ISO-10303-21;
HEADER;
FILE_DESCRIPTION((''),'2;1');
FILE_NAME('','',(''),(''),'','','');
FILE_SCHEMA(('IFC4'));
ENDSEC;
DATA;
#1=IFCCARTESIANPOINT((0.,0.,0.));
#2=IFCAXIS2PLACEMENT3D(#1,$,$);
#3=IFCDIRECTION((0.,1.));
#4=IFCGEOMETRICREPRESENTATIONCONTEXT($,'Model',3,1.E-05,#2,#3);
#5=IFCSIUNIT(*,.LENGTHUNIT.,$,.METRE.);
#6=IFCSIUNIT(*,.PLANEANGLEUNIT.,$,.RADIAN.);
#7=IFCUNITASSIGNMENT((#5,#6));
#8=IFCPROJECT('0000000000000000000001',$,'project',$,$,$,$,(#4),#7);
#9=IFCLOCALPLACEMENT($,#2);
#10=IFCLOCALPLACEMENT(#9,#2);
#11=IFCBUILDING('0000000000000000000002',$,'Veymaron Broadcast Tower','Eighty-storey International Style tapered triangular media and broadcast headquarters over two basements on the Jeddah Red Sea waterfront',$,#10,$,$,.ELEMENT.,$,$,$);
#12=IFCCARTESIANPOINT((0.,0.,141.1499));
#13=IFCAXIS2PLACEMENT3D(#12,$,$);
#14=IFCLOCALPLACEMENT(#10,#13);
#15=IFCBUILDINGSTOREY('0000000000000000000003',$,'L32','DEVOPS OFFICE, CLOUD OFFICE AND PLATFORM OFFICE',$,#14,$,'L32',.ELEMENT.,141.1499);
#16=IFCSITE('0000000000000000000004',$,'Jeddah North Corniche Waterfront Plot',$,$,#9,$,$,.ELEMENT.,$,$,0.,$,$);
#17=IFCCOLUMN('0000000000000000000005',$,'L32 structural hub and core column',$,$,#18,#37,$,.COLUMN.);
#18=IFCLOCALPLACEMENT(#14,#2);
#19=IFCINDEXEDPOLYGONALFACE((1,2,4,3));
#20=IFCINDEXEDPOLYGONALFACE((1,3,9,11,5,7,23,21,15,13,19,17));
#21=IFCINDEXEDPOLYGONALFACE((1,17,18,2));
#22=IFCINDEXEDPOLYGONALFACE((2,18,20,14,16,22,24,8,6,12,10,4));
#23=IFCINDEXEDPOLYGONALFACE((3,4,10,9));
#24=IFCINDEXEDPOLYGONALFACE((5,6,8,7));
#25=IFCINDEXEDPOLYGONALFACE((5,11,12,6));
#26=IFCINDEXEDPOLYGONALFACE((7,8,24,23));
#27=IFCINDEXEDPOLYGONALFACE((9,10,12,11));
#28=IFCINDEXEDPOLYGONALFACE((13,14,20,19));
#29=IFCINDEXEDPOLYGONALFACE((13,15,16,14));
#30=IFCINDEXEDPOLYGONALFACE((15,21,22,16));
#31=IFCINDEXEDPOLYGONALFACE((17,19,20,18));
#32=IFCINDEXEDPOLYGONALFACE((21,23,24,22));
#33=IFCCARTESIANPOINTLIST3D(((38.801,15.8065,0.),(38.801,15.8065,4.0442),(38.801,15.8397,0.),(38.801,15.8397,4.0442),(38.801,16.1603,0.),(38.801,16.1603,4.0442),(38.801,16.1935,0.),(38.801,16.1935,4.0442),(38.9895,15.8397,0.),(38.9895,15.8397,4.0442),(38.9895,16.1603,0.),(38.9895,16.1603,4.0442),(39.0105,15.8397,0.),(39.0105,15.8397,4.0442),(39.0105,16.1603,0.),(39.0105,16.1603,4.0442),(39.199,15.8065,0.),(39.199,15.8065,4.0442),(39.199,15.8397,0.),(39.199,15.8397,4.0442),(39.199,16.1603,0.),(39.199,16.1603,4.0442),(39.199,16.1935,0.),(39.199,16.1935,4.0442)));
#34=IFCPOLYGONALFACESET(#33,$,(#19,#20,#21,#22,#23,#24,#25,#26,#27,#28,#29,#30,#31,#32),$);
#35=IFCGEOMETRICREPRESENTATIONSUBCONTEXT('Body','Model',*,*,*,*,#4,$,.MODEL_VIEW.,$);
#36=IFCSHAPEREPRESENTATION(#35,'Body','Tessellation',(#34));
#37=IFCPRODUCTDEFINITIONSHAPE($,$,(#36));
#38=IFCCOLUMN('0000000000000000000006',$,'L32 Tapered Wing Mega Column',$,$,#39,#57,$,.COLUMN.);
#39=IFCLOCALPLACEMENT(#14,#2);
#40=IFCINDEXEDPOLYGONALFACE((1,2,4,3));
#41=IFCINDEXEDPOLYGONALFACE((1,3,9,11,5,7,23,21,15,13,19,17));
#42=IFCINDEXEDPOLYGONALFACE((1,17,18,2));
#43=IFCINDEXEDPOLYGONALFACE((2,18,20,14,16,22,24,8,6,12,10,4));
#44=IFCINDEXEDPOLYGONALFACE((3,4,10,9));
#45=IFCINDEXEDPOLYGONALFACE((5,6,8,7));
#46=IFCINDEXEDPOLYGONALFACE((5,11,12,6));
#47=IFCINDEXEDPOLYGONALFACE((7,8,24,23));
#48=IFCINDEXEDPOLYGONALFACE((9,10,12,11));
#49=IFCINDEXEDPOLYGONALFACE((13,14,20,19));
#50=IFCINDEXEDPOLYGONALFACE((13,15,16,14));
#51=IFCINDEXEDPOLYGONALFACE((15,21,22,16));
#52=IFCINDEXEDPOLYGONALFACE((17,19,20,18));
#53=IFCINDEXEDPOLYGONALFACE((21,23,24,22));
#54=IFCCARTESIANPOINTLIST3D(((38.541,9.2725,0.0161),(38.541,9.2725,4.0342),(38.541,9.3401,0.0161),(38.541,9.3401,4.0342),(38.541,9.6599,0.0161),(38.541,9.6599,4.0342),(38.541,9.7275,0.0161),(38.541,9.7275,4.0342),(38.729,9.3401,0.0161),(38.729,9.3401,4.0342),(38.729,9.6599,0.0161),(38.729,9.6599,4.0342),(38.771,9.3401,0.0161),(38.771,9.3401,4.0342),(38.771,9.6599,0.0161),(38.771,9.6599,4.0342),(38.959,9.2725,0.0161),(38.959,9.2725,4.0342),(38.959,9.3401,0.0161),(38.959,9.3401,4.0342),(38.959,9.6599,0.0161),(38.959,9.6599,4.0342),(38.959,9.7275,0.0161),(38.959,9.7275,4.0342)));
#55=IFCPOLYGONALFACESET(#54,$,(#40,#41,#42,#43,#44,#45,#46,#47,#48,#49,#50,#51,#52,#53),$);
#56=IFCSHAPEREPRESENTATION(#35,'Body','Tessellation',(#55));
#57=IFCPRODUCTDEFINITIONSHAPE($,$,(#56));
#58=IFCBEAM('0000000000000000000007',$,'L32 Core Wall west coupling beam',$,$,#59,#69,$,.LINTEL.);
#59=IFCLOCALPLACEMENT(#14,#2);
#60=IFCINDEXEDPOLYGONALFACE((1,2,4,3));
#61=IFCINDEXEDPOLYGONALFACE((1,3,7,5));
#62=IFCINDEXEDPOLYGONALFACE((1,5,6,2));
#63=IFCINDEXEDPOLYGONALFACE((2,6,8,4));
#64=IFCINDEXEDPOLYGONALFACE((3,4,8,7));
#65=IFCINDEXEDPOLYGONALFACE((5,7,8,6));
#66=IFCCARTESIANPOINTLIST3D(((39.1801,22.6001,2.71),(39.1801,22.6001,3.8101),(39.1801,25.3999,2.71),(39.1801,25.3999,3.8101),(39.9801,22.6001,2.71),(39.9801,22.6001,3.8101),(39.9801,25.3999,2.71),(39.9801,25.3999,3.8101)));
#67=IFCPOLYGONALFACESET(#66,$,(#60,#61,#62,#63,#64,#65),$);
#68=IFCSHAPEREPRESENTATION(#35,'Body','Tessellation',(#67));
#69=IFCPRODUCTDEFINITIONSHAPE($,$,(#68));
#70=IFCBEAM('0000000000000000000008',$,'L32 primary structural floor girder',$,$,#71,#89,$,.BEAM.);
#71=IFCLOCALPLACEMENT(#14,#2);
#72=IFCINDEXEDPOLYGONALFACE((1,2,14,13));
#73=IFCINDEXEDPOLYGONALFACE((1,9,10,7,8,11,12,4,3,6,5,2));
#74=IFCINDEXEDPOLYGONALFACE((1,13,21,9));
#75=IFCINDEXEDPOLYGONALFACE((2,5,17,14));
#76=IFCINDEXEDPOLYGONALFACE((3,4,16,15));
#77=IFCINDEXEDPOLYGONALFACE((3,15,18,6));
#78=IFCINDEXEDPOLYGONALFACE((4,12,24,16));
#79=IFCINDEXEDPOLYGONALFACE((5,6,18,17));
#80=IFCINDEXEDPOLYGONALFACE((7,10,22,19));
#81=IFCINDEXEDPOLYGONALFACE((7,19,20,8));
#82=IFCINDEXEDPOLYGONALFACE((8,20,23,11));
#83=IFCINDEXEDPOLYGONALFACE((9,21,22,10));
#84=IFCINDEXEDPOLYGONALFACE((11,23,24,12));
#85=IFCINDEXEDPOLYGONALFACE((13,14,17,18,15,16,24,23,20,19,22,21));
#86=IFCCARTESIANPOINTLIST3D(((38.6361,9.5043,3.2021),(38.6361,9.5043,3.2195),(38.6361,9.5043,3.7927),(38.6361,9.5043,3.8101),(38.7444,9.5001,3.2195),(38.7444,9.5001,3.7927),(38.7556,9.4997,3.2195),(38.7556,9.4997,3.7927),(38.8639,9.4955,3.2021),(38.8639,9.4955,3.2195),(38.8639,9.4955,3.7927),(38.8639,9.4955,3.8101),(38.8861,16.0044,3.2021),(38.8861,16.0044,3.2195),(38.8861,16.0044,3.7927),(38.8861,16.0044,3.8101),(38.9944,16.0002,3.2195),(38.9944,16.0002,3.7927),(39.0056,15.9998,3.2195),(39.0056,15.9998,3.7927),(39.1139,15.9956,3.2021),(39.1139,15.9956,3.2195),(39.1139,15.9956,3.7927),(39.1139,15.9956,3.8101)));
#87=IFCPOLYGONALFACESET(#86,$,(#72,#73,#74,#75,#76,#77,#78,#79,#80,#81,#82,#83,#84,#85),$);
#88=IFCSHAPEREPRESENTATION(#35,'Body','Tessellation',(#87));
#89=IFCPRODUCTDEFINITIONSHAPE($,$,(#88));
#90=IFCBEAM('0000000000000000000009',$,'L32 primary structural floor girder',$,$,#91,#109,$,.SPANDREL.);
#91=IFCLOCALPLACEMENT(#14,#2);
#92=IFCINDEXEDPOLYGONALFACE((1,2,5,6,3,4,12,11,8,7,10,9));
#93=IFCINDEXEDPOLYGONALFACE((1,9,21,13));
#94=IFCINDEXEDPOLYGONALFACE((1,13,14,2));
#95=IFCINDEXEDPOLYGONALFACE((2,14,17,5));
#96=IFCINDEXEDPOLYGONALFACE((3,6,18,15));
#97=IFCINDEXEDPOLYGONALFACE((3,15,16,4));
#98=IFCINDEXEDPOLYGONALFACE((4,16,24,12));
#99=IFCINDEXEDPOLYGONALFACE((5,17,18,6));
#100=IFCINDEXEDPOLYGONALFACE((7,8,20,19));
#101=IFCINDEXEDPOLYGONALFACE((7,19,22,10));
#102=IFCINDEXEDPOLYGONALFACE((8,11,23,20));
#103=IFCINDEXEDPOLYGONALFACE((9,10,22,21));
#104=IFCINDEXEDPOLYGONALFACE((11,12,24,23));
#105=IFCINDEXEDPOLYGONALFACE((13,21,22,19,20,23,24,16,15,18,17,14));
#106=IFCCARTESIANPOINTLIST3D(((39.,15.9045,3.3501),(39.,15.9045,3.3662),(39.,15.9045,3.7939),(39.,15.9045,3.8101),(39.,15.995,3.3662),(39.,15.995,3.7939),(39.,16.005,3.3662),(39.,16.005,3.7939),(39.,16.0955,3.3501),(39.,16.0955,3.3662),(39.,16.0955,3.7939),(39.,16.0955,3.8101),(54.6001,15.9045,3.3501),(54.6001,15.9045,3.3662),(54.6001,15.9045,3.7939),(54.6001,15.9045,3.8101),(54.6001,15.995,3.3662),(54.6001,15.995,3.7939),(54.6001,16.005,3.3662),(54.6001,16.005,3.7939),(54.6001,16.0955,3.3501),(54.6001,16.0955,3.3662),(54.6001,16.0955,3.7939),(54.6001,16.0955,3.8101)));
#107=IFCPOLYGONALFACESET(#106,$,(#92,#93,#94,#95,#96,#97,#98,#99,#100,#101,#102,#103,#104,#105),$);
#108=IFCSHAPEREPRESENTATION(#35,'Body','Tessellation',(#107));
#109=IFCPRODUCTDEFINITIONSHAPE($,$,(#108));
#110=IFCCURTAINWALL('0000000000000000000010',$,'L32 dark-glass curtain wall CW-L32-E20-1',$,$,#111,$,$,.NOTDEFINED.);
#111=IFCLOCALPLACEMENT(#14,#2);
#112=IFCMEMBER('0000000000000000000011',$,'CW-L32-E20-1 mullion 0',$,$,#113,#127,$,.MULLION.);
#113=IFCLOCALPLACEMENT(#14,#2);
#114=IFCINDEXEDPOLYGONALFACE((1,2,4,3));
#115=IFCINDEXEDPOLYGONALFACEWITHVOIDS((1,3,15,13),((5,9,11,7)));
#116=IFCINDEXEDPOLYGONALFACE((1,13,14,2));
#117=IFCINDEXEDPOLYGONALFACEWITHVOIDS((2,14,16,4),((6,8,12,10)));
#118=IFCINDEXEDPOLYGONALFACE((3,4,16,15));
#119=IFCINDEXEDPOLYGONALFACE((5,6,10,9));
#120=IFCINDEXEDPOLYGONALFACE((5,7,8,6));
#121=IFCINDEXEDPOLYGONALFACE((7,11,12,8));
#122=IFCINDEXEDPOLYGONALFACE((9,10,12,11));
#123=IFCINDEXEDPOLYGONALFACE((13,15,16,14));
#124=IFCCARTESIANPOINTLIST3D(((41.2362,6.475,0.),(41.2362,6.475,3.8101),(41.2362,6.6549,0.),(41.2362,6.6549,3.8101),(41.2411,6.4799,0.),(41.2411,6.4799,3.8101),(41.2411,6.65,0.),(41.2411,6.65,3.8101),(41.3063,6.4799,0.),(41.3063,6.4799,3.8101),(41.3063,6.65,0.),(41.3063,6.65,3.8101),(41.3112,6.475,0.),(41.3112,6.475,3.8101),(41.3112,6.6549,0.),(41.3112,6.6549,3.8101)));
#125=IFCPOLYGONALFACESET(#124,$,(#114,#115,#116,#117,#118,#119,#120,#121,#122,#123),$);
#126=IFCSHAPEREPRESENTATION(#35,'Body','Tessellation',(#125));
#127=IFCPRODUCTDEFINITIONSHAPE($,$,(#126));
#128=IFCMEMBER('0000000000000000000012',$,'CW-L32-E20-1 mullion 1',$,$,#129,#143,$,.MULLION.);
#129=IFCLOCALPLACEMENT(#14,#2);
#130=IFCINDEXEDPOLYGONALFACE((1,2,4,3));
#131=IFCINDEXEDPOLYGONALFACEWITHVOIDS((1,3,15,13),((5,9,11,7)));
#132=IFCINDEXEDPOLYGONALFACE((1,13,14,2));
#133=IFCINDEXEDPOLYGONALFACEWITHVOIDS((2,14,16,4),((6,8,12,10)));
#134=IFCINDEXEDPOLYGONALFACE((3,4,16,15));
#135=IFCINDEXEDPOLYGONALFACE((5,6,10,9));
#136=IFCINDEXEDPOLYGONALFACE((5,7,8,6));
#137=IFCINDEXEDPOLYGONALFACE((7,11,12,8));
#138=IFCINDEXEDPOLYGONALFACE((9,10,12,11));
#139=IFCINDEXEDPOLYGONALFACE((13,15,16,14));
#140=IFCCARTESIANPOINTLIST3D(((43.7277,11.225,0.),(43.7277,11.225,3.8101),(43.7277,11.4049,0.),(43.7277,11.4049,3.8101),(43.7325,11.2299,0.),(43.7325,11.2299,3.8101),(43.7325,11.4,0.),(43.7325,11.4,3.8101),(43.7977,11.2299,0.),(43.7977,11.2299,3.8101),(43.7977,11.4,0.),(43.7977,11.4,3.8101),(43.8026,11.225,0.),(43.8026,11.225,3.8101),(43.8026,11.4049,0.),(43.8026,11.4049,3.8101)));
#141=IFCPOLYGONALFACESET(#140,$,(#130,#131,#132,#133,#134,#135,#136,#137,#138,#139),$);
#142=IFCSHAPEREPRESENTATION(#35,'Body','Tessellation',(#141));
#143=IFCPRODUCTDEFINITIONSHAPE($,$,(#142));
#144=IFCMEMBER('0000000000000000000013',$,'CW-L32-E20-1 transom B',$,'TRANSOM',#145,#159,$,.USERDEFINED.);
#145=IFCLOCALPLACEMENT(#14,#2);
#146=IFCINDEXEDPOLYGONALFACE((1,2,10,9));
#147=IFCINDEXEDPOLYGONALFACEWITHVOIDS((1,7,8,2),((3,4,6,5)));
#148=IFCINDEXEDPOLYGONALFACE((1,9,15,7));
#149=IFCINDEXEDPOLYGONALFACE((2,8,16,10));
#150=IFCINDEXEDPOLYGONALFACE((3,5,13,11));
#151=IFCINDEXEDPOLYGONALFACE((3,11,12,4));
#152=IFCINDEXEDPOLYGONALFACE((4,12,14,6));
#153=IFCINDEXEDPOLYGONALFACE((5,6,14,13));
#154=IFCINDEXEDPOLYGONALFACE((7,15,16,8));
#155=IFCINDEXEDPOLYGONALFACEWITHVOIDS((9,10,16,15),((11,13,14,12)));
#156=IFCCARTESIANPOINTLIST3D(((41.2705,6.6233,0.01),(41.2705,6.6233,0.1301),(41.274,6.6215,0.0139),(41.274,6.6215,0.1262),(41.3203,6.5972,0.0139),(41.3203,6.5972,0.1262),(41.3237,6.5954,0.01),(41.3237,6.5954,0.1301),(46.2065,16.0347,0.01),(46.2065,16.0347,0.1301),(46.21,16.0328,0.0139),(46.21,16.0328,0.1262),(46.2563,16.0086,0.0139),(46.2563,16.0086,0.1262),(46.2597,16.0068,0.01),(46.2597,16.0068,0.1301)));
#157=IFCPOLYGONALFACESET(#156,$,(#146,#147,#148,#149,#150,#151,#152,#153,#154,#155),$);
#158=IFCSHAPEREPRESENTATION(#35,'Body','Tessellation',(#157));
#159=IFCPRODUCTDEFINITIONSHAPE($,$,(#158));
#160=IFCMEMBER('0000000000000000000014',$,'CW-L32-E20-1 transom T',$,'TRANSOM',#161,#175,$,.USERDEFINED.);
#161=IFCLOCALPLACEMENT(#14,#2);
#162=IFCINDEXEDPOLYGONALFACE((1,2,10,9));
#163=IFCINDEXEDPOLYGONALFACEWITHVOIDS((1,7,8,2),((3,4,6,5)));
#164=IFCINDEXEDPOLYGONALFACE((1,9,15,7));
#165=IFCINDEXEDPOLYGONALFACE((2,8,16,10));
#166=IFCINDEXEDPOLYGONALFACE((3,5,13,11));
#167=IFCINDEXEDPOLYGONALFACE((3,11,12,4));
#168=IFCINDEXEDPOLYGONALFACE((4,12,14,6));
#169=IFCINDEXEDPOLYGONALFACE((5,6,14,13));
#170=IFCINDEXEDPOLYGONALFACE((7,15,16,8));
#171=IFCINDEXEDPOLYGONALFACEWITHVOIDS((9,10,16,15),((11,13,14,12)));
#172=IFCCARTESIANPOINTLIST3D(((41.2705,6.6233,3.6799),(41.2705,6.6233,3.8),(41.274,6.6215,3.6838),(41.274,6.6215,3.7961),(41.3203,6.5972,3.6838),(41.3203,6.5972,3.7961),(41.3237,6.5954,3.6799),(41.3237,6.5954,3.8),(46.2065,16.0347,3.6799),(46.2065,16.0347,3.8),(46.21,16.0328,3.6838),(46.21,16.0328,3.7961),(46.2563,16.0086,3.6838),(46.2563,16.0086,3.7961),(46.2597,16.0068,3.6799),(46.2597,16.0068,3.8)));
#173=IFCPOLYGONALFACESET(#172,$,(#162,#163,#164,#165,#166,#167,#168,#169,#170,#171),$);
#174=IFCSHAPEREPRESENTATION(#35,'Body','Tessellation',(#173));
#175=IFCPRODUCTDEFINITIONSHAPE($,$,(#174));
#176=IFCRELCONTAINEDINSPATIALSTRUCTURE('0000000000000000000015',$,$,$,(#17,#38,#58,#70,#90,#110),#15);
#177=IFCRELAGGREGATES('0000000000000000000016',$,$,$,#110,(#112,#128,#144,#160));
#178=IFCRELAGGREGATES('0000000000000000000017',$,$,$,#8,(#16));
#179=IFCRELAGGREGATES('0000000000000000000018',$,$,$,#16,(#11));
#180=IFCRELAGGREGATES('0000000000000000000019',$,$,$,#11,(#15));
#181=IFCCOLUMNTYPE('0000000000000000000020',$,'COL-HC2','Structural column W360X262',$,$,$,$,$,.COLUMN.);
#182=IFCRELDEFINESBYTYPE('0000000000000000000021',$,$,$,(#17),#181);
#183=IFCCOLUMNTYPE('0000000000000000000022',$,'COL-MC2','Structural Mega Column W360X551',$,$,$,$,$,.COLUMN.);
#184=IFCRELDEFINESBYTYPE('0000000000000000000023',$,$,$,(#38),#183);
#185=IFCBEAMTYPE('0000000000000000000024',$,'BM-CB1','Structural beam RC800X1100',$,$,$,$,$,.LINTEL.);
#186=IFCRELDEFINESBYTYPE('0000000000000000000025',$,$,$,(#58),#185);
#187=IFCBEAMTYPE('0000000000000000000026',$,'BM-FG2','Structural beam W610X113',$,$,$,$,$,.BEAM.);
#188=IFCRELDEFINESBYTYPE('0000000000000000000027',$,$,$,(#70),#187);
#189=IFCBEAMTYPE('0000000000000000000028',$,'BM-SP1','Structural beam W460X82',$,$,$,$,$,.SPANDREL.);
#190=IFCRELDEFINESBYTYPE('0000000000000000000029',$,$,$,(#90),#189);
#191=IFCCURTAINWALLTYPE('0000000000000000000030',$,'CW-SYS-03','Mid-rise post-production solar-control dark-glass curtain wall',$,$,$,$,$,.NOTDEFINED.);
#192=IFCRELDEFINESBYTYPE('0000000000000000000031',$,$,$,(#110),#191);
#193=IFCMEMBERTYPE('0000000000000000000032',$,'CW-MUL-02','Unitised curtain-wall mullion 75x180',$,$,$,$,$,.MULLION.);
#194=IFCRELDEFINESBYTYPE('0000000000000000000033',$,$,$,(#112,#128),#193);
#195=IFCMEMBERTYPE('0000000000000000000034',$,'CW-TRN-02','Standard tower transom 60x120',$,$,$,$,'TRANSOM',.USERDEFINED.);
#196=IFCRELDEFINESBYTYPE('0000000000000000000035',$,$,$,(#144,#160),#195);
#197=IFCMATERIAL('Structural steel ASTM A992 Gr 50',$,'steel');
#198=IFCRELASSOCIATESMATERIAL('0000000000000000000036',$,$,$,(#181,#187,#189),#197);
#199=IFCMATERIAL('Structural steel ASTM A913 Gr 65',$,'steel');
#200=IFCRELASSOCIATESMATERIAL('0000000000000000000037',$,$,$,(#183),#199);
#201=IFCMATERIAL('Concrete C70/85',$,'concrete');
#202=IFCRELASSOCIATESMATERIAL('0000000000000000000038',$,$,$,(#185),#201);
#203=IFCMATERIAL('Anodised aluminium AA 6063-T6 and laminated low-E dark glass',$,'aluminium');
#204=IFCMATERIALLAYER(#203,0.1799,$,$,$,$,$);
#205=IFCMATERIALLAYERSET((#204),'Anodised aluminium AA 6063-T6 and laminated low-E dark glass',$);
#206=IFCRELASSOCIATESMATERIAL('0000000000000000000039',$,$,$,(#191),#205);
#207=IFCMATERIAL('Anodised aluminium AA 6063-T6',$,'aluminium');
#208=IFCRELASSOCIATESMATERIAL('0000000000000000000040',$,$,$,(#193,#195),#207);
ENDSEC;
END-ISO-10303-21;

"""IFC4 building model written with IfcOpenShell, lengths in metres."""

from ifc_helpers import new_model, si_unit, direction, frame, origin, origin_2d, place, context, subcontext, project, spatial, rectangle, hollow_rectangle, i_section, extrude, material, layer, layer_set, material_profile, profile_set, type_object, element, aggregate, save


model = new_model("IFC4")

# Units and contexts
model_context = context("Model", 3, precision=1e-05, world=origin(), true_north=direction((0.0, 1.0)))
body_context = subcontext(model_context, "Body", "Model", "MODEL_VIEW")
ifc_project = project(units=[si_unit("LENGTHUNIT", "METRE"), si_unit("PLANEANGLEUNIT", "RADIAN")], contexts=[model_context])

# Site, building, storey
site_placement = place(None, origin())
site = spatial("IfcSite", under=ifc_project, at=site_placement, Name="Jeddah North Corniche Waterfront Plot", CompositionType="ELEMENT", RefElevation=0.0)
building_placement = place(site_placement, origin())
building = spatial("IfcBuilding", under=site, at=building_placement, Name="Veymaron Broadcast Tower", Description="Eighty-storey International Style tapered triangular media and broadcast headquarters over two basements on the Jeddah Red Sea waterfront", CompositionType="ELEMENT")
storey_placement = place(building_placement, frame((0.0, 0.0, 141.1499)))
storey = spatial("IfcBuildingStorey", under=building, at=storey_placement, Name="L32", Description="DEVOPS OFFICE, CLOUD OFFICE AND PLATFORM OFFICE", LongName="L32", CompositionType="ELEMENT", Elevation=141.1499)

# Columns
ifc_material_1 = material(Name="Structural steel ASTM A992 Gr 50", Category="steel")
ifc_material_profile_1 = material_profile(ifc_material_1, i_section(OverallWidth=0.3979, OverallDepth=0.387, WebThickness=0.021, FlangeThickness=0.0332, at=origin_2d()), Name="W360X262")
ifc_profile_set_1 = profile_set([ifc_material_profile_1], Name="Structural steel ASTM A992 Gr 50")
column_type_1 = type_object("IfcColumnType", Name="COL-HC2", Description="Structural column W360X262", PredefinedType="COLUMN", material=ifc_profile_set_1)
column_1_placement = place(storey_placement, frame((39.0, 16.0, 0.0), z_axis=(0.0, 0.0, 1.0), x_axis=(1.0, 0.0, 0.0)))
element("IfcColumn", 1, at=column_1_placement, inside=storey, type_object=column_type_1, Name="L32 structural hub and core column", PredefinedType="COLUMN", context=body_context, shape_type="SweptSolid", body=[
    extrude(i_section(OverallWidth=0.3979, OverallDepth=0.387, WebThickness=0.021, FlangeThickness=0.0332, at=origin_2d()), origin(), (0.0, 0.0, 1.0), 4.0442),
])
ifc_material_2 = material(Name="Structural steel ASTM A913 Gr 65", Category="steel")
ifc_material_profile_2 = material_profile(ifc_material_2, i_section(OverallWidth=0.418, OverallDepth=0.4551, WebThickness=0.042, FlangeThickness=0.0676, at=origin_2d()), Name="W360X551")
ifc_profile_set_2 = profile_set([ifc_material_profile_2], Name="Structural steel ASTM A913 Gr 65")
column_type_2 = type_object("IfcColumnType", Name="COL-MC2", Description="Structural Mega Column W360X551", PredefinedType="COLUMN", material=ifc_profile_set_2)
column_2_placement = place(storey_placement, frame((38.75, 9.5, 0.0161), z_axis=(0.0, 0.0, 1.0), x_axis=(1.0, 0.0, 0.0)))
element("IfcColumn", 2, at=column_2_placement, inside=storey, type_object=column_type_2, Name="L32 Tapered Wing Mega Column", PredefinedType="COLUMN", context=body_context, shape_type="SweptSolid", body=[
    extrude(i_section(OverallWidth=0.418, OverallDepth=0.4551, WebThickness=0.042, FlangeThickness=0.0676, at=origin_2d()), origin(), (0.0, 0.0, 1.0), 4.0181),
])

# Beams
ifc_material_3 = material(Name="Concrete C70/85", Category="concrete")
ifc_material_profile_3 = material_profile(ifc_material_3, rectangle(XDim=0.8, YDim=1.1001, at=origin_2d()), Name="RC800X1100")
ifc_profile_set_3 = profile_set([ifc_material_profile_3], Name="Concrete C70/85")
beam_type_1 = type_object("IfcBeamType", Name="BM-CB1", Description="Structural beam RC800X1100", PredefinedType="LINTEL", material=ifc_profile_set_3)
beam_1_placement = place(storey_placement, frame((39.5801, 22.6001, 3.26), z_axis=(0.0, 1.0, 0.0), x_axis=(-1.0, 0.0, 0.0)))
element("IfcBeam", 3, at=beam_1_placement, inside=storey, type_object=beam_type_1, Name="L32 Core Wall west coupling beam", PredefinedType="LINTEL", context=body_context, shape_type="SweptSolid", body=[
    extrude(rectangle(XDim=0.8, YDim=1.1001, at=origin_2d()), origin(), (0.0, 0.0, 1.0), 2.7998),
])
ifc_material_profile_4 = material_profile(ifc_material_1, i_section(OverallWidth=0.228, OverallDepth=0.6079, WebThickness=0.0112, FlangeThickness=0.0173, at=origin_2d()), Name="W610X113")
ifc_profile_set_4 = profile_set([ifc_material_profile_4], Name="Structural steel ASTM A992 Gr 50")
beam_type_2 = type_object("IfcBeamType", Name="BM-FG2", Description="Structural beam W610X113", PredefinedType="BEAM", material=ifc_profile_set_4)
beam_2_placement = place(storey_placement, frame((39.0, 16.0, 3.5061), z_axis=(-0.038433, -0.999261, 0.0), x_axis=(0.999261, -0.038433, 0.0)))
element("IfcBeam", 4, at=beam_2_placement, inside=storey, type_object=beam_type_2, Name="L32 primary structural floor girder", PredefinedType="BEAM", context=body_context, shape_type="SweptSolid", body=[
    extrude(i_section(OverallWidth=0.228, OverallDepth=0.6079, WebThickness=0.0112, FlangeThickness=0.0173, at=origin_2d()), origin(), (0.0, 0.0, 1.0), 6.5049),
])
ifc_material_profile_5 = material_profile(ifc_material_1, i_section(OverallWidth=0.1909, OverallDepth=0.46, WebThickness=0.01, FlangeThickness=0.0161, at=origin_2d()), Name="W460X82")
ifc_profile_set_5 = profile_set([ifc_material_profile_5], Name="Structural steel ASTM A992 Gr 50")
beam_type_3 = type_object("IfcBeamType", Name="BM-SP1", Description="Structural beam W460X82", PredefinedType="SPANDREL", material=ifc_profile_set_5)
beam_3_placement = place(storey_placement, frame((39.0, 16.0, 3.5801), z_axis=(1.0, 0.0, 0.0), x_axis=(0.0, 1.0, 0.0)))
element("IfcBeam", 5, at=beam_3_placement, inside=storey, type_object=beam_type_3, Name="L32 primary structural floor girder", PredefinedType="SPANDREL", context=body_context, shape_type="SweptSolid", body=[
    extrude(i_section(OverallWidth=0.1909, OverallDepth=0.46, WebThickness=0.01, FlangeThickness=0.0161, at=origin_2d()), origin(), (0.0, 0.0, 1.0), 15.6001),
])

# Curtain wall, members
ifc_material_4 = material(Name="Anodised aluminium AA 6063-T6 and laminated low-E dark glass", Category="aluminium")
ifc_layer_1 = layer(ifc_material_4, 0.1799)
ifc_layer_set_1 = layer_set([ifc_layer_1], Name="Anodised aluminium AA 6063-T6 and laminated low-E dark glass")
curtain_wall_type = type_object("IfcCurtainWallType", Name="CW-SYS-03", Description="Mid-rise post-production solar-control dark-glass curtain wall", PredefinedType="NOTDEFINED", material=ifc_layer_set_1)
curtain_wall_placement = place(storey_placement, origin())
curtain_wall = element("IfcCurtainWall", 6, at=curtain_wall_placement, inside=storey, type_object=curtain_wall_type, Name="L32 dark-glass curtain wall CW-L32-E20-1", PredefinedType="NOTDEFINED")
ifc_material_5 = material(Name="Anodised aluminium AA 6063-T6", Category="aluminium")
ifc_material_profile_6 = material_profile(ifc_material_5, hollow_rectangle(XDim=0.075, YDim=0.1799, WallThickness=0.0049, at=origin_2d()), Name="AL180X75X5")
ifc_profile_set_6 = profile_set([ifc_material_profile_6], Name="Anodised aluminium AA 6063-T6")
member_type_1 = type_object("IfcMemberType", Name="CW-MUL-02", Description="Unitised curtain-wall mullion 75x180", PredefinedType="MULLION", material=ifc_profile_set_6)
member_1_placement = place(storey_placement, frame((41.2737, 6.5649, 0.0), z_axis=(0.0, 0.0, 1.0), x_axis=(1.0, 0.0, 0.0)))
member_1 = element("IfcMember", 7, at=member_1_placement, type_object=member_type_1, Name="CW-L32-E20-1 mullion 0", PredefinedType="MULLION", context=body_context, shape_type="SweptSolid", body=[
    extrude(hollow_rectangle(XDim=0.075, YDim=0.1799, WallThickness=0.0049, at=origin_2d()), origin(), (0.0, 0.0, 1.0), 3.8101),
])
member_2_placement = place(storey_placement, frame((43.7651, 11.3149, 0.0), z_axis=(0.0, 0.0, 1.0), x_axis=(1.0, 0.0, 0.0)))
member_2 = element("IfcMember", 8, at=member_2_placement, type_object=member_type_1, Name="CW-L32-E20-1 mullion 1", PredefinedType="MULLION", context=body_context, shape_type="SweptSolid", body=[
    extrude(hollow_rectangle(XDim=0.075, YDim=0.1799, WallThickness=0.0049, at=origin_2d()), origin(), (0.0, 0.0, 1.0), 3.8101),
])
ifc_material_profile_7 = material_profile(ifc_material_5, hollow_rectangle(XDim=0.0601, YDim=0.1201, WallThickness=0.0039, at=origin_2d()), Name="AL120X60X4")
ifc_profile_set_7 = profile_set([ifc_material_profile_7], Name="Anodised aluminium AA 6063-T6")
member_type_2 = type_object("IfcMemberType", Name="CW-TRN-02", Description="Standard tower transom 60x120", ElementType="TRANSOM", PredefinedType="USERDEFINED", material=ifc_profile_set_7)
member_3_placement = place(storey_placement, frame((41.2971, 6.6094, 0.0701), z_axis=(0.46447, 0.885589, 0.0), x_axis=(-0.885589, 0.46447, 0.0)))
member_3 = element("IfcMember", 9, at=member_3_placement, type_object=member_type_2, Name="CW-L32-E20-1 transom B", ObjectType="TRANSOM", PredefinedType="USERDEFINED", context=body_context, shape_type="SweptSolid", body=[
    extrude(hollow_rectangle(XDim=0.0601, YDim=0.1201, WallThickness=0.0039, at=origin_2d()), origin(), (0.0, 0.0, 1.0), 10.6272),
])
member_4_placement = place(storey_placement, frame((41.2971, 6.6094, 3.74), z_axis=(0.46447, 0.885589, 0.0), x_axis=(-0.885589, 0.46447, 0.0)))
member_4 = element("IfcMember", 10, at=member_4_placement, type_object=member_type_2, Name="CW-L32-E20-1 transom T", ObjectType="TRANSOM", PredefinedType="USERDEFINED", context=body_context, shape_type="SweptSolid", body=[
    extrude(hollow_rectangle(XDim=0.0601, YDim=0.1201, WallThickness=0.0039, at=origin_2d()), origin(), (0.0, 0.0, 1.0), 10.6272),
])
aggregate(curtain_wall, [member_1, member_2, member_3, member_4])

save(model, "model.ifc")
